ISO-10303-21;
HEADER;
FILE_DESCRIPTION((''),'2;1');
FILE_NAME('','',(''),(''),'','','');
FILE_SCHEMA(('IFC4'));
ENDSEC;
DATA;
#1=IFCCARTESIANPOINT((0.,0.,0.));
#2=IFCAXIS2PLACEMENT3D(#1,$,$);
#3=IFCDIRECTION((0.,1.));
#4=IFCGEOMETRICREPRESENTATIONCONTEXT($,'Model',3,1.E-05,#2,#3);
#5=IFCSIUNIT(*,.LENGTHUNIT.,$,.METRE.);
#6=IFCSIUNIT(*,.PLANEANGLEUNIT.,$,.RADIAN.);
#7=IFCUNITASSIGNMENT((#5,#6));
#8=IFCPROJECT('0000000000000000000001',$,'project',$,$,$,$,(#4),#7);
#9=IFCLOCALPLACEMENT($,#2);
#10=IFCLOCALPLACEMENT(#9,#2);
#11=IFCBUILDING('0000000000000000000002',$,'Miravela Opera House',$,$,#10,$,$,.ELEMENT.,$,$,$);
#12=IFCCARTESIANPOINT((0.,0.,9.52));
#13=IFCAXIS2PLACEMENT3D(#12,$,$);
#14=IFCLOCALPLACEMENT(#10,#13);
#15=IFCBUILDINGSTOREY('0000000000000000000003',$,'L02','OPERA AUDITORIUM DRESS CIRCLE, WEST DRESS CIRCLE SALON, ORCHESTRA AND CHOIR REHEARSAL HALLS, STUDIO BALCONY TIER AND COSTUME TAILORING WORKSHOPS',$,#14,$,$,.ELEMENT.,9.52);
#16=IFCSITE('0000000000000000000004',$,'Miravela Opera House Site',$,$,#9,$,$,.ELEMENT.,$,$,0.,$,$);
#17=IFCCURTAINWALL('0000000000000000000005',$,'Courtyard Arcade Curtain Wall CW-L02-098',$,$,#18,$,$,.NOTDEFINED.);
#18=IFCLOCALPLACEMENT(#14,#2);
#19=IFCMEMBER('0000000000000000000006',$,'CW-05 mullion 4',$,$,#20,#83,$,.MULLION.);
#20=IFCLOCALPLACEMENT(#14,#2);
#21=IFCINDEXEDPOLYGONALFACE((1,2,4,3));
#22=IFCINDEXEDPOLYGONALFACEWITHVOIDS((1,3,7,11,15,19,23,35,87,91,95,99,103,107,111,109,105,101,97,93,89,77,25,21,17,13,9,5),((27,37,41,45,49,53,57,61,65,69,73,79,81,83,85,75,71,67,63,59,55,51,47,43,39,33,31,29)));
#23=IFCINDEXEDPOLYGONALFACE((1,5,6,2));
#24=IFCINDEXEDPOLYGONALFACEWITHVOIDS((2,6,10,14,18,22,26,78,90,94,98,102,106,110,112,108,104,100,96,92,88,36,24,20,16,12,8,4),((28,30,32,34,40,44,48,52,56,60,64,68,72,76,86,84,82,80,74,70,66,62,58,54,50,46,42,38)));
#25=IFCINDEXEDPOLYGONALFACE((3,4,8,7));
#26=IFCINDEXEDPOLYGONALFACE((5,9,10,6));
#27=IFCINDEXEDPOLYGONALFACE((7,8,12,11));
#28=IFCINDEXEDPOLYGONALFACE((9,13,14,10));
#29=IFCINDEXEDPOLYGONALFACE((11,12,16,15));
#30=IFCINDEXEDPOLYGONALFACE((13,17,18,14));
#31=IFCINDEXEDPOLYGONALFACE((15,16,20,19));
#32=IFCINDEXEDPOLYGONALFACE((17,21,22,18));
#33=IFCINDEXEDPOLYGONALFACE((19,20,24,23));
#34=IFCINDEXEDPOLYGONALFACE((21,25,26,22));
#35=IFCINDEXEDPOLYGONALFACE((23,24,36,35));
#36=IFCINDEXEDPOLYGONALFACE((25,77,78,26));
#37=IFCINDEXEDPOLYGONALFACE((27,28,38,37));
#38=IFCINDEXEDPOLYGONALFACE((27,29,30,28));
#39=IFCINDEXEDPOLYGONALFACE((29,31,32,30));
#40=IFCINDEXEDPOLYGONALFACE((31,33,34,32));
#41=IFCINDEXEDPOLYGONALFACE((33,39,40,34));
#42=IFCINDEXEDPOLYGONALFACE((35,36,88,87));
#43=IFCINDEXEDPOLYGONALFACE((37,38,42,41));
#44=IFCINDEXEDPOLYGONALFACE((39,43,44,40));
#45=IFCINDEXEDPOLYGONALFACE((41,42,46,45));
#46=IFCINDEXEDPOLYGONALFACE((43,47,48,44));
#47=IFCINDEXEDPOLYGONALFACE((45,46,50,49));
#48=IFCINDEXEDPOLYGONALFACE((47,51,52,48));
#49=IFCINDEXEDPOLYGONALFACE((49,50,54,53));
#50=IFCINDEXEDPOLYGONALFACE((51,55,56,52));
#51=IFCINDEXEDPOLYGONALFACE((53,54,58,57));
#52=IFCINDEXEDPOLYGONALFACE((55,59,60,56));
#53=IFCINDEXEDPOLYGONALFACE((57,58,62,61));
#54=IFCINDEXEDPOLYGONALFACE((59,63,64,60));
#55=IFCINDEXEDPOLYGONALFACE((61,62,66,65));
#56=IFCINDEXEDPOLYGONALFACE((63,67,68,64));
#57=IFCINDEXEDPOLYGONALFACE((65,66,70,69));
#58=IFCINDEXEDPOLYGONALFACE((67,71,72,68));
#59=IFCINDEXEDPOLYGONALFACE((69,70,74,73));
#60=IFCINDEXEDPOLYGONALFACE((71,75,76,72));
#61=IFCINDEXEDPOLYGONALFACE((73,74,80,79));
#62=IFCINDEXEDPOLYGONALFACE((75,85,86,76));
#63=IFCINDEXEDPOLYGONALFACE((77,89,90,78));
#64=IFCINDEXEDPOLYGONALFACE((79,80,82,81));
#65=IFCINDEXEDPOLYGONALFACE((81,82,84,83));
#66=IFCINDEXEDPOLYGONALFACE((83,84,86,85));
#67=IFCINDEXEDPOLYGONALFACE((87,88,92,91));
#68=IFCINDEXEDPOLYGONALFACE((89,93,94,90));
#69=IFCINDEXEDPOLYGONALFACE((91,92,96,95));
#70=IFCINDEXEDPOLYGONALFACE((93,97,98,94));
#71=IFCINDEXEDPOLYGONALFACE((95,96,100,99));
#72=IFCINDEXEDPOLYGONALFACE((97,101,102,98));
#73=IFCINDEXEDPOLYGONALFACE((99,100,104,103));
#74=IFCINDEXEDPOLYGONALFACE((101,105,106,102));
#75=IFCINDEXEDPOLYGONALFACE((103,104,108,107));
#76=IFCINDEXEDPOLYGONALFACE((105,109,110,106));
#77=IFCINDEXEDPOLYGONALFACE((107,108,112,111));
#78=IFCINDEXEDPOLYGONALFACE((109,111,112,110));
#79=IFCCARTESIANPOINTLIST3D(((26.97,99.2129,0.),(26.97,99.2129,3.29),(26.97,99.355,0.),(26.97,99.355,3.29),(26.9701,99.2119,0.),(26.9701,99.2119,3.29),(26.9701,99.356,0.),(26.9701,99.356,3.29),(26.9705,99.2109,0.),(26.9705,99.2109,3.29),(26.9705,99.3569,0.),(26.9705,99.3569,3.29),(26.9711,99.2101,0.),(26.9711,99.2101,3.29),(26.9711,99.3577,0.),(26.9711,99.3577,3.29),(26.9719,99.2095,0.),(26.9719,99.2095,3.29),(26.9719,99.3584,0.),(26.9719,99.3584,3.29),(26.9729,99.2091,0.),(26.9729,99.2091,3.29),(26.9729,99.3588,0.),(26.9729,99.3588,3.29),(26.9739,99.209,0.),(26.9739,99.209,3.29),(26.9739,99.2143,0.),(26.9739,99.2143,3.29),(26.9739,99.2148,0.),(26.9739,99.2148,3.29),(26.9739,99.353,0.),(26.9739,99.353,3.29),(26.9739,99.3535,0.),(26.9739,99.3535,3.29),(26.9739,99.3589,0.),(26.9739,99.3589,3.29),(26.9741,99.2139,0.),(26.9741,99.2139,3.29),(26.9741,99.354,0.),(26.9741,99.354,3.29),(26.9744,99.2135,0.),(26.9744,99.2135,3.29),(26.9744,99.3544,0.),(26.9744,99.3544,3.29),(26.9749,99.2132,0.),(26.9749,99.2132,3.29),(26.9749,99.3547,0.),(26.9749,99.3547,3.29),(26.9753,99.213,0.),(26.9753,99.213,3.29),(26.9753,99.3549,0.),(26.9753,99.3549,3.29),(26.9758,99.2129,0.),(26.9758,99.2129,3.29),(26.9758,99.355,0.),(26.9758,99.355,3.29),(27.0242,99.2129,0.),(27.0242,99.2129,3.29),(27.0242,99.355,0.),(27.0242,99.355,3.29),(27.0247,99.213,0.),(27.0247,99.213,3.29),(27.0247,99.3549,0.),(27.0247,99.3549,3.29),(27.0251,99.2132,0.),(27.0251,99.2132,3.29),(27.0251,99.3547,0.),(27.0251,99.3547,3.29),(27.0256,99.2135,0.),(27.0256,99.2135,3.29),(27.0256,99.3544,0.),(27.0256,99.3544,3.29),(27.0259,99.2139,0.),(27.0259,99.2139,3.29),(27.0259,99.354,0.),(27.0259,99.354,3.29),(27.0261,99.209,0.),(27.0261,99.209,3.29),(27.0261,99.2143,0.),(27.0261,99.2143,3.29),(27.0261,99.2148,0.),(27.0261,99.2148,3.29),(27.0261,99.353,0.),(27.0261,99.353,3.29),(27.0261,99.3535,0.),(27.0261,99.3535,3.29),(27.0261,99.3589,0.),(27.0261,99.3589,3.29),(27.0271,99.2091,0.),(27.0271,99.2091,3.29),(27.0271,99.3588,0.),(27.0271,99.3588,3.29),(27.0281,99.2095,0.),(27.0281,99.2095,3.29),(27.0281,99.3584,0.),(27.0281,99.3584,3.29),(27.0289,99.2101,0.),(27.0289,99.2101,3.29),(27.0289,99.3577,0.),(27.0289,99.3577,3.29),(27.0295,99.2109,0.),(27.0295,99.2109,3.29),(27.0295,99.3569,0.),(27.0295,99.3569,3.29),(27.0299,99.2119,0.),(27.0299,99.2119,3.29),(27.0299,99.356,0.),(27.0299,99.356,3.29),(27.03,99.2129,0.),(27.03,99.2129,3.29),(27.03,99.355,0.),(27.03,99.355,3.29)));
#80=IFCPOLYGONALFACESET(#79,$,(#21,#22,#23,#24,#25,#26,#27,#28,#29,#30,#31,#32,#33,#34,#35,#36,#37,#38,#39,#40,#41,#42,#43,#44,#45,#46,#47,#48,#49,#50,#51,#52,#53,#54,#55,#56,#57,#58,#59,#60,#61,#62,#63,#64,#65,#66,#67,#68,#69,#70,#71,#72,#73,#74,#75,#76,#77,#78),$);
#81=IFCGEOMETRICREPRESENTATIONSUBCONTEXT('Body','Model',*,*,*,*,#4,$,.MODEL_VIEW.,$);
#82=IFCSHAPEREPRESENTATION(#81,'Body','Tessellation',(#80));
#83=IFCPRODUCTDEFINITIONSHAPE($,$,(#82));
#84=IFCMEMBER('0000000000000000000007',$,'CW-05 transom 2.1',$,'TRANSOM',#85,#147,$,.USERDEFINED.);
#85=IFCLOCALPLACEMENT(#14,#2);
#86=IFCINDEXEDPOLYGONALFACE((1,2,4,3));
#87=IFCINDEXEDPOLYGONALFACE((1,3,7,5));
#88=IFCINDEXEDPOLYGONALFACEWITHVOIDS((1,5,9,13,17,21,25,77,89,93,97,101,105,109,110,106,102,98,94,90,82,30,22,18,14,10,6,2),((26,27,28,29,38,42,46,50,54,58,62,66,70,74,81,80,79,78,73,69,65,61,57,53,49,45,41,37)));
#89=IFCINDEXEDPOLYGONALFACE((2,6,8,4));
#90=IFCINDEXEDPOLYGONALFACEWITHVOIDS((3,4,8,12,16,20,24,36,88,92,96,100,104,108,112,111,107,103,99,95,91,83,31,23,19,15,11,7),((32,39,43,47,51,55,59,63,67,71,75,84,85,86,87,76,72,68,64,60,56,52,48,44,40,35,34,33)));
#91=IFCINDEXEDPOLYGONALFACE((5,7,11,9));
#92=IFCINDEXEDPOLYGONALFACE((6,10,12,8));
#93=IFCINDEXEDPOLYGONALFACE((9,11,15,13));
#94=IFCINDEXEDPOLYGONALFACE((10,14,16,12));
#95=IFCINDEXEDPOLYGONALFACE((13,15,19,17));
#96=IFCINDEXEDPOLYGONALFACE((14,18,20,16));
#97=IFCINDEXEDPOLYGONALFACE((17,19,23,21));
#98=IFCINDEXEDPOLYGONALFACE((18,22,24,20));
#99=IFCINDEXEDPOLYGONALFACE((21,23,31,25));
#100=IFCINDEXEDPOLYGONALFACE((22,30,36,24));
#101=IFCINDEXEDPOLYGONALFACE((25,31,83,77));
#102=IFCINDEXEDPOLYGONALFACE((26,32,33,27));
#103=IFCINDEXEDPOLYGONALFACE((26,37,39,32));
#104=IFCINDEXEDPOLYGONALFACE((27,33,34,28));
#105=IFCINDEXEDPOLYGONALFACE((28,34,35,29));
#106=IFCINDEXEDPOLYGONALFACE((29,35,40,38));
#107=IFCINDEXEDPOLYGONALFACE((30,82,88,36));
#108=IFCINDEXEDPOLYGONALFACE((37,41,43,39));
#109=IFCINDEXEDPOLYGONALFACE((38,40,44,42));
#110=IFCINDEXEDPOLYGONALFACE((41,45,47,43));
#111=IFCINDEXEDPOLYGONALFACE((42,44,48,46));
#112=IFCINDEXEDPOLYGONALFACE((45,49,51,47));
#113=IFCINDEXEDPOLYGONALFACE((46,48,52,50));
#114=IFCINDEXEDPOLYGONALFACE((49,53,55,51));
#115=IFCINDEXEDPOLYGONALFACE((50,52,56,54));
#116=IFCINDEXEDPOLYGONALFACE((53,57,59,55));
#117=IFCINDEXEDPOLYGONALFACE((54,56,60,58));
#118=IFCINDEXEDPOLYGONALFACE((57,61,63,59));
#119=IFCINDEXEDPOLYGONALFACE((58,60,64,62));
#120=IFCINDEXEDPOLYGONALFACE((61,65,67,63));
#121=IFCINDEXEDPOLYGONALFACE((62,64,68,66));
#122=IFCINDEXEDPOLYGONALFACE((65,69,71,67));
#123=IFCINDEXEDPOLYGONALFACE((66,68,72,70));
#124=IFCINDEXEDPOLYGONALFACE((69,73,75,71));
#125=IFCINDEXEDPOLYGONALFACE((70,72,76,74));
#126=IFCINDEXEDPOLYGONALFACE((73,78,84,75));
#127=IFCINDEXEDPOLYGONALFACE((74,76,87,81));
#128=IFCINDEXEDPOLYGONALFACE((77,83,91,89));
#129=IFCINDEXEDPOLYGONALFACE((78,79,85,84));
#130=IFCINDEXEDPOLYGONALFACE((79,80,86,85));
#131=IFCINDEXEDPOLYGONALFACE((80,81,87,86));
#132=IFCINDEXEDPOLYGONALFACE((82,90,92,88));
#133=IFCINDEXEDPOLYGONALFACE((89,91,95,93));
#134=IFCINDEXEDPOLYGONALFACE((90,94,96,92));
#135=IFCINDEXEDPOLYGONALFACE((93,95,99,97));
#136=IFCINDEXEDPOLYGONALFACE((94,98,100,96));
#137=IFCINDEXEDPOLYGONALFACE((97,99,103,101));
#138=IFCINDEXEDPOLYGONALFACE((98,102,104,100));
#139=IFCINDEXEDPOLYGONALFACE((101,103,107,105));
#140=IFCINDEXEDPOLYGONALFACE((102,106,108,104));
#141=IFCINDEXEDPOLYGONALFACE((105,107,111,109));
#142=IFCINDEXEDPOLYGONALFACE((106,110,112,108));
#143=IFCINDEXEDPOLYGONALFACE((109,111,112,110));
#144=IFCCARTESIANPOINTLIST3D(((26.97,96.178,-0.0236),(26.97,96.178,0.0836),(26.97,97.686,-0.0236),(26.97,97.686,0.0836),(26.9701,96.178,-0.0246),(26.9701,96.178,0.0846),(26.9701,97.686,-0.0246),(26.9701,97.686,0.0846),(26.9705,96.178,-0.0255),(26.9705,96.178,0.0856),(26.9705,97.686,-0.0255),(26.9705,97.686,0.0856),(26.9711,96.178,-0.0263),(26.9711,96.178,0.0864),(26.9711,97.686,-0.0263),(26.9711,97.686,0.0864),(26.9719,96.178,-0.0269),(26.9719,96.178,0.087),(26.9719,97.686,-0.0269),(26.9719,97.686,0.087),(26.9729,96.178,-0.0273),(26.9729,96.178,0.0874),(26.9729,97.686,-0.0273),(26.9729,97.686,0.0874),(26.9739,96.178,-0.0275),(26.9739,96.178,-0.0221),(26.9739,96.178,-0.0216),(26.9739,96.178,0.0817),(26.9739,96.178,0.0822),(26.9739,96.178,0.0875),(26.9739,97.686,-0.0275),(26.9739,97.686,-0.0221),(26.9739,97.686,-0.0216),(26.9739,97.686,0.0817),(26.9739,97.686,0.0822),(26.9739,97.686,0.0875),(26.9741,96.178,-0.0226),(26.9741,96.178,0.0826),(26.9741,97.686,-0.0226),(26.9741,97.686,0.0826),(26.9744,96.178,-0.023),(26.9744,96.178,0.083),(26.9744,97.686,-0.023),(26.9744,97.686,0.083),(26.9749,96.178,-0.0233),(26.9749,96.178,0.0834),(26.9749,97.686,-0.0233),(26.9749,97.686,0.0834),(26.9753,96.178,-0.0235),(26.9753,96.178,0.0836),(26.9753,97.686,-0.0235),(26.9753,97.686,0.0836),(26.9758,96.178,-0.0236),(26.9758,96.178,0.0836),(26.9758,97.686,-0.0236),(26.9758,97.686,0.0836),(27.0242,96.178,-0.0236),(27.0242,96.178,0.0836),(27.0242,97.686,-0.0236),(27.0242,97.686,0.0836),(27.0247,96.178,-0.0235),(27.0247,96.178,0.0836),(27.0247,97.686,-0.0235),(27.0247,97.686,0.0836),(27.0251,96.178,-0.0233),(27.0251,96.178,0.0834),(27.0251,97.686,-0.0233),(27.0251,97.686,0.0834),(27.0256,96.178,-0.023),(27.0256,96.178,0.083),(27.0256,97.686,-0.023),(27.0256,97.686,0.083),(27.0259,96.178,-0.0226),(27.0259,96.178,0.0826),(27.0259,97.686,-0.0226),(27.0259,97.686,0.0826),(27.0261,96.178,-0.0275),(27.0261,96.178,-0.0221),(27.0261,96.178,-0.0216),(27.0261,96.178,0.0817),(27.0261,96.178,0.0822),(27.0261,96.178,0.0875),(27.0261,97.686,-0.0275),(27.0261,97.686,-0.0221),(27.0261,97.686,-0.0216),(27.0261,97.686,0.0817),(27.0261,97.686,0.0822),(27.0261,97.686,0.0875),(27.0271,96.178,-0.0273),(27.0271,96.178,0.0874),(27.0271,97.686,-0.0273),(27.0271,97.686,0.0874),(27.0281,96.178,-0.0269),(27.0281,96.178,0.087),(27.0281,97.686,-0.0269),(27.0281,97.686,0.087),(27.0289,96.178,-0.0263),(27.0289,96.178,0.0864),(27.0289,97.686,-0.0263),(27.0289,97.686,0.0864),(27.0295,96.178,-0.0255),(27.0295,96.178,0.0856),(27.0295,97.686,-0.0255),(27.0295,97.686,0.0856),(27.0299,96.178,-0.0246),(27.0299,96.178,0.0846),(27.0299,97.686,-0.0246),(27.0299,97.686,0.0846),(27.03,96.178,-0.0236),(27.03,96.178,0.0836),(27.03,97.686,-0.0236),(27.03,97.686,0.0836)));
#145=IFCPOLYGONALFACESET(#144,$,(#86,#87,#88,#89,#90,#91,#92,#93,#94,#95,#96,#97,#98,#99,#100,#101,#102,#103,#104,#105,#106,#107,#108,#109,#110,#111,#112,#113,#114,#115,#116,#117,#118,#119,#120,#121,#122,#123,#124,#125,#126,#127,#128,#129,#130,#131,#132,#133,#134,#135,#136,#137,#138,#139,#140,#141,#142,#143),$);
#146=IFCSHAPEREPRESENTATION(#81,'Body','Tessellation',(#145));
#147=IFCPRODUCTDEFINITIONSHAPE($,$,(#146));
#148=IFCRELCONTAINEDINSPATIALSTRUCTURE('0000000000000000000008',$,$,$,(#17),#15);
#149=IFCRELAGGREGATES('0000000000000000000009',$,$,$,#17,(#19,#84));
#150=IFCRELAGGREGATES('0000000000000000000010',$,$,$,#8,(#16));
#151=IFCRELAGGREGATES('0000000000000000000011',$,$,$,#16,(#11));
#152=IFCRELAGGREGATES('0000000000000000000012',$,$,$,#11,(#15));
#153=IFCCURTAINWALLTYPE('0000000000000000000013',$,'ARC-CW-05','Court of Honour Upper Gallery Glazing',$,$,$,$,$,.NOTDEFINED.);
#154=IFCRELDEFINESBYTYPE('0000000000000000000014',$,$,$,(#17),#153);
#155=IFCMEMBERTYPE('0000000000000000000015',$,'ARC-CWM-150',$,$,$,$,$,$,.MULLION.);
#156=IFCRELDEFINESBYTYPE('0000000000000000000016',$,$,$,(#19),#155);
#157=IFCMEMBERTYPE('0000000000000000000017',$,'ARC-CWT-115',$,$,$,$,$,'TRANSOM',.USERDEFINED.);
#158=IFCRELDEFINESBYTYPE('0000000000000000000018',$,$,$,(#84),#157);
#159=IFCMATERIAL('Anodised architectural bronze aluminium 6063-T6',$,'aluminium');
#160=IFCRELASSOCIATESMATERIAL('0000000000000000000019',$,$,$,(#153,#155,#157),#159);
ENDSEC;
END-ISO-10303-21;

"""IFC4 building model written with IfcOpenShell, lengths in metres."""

from ifc_helpers import new_model, si_unit, direction, frame, origin, origin_2d, place, context, subcontext, project, spatial, hollow_rectangle, extrude, material, material_profile, profile_set, type_object, element, aggregate, save


model = new_model("IFC4")

# Units and contexts
model_context = context("Model", 3, precision=1e-05, world=origin(), true_north=direction((0.0, 1.0)))
body_context = subcontext(model_context, "Body", "Model", "MODEL_VIEW")
ifc_project = project(units=[si_unit("LENGTHUNIT", "METRE"), si_unit("PLANEANGLEUNIT", "RADIAN")], contexts=[model_context])

# Site, building, storey
site_placement = place(None, origin())
site = spatial("IfcSite", under=ifc_project, at=site_placement, Name="Miravela Opera House Site", CompositionType="ELEMENT", RefElevation=0.0)
building_placement = place(site_placement, origin())
building = spatial("IfcBuilding", under=site, at=building_placement, Name="Miravela Opera House", CompositionType="ELEMENT")
storey_placement = place(building_placement, frame((0.0, 0.0, 9.52)))
storey = spatial("IfcBuildingStorey", under=building, at=storey_placement, Name="L02", Description="OPERA AUDITORIUM DRESS CIRCLE, WEST DRESS CIRCLE SALON, ORCHESTRA AND CHOIR REHEARSAL HALLS, STUDIO BALCONY TIER AND COSTUME TAILORING WORKSHOPS", CompositionType="ELEMENT", Elevation=9.52)

# Curtain wall, members
ifc_material_1 = material(Name="Anodised architectural bronze aluminium 6063-T6", Category="aluminium")
curtain_wall_type = type_object("IfcCurtainWallType", Name="ARC-CW-05", Description="Court of Honour Upper Gallery Glazing", PredefinedType="NOTDEFINED", material=ifc_material_1)
curtain_wall_placement = place(storey_placement, origin())
curtain_wall = element("IfcCurtainWall", 1, at=curtain_wall_placement, inside=storey, type_object=curtain_wall_type, Name="Courtyard Arcade Curtain Wall CW-L02-098", PredefinedType="NOTDEFINED")
ifc_material_profile_1 = material_profile(ifc_material_1, hollow_rectangle(XDim=0.0601, YDim=0.1499, WallThickness=0.0039, InnerFilletRadius=0.002, OuterFilletRadius=0.0039, at=origin_2d()), Name="CWM-60X150")
ifc_profile_set_1 = profile_set([ifc_material_profile_1])
member_type_1 = type_object("IfcMemberType", Name="ARC-CWM-150", PredefinedType="MULLION", material=ifc_profile_set_1)
member_1_placement = place(storey_placement, frame((27.0, 99.2839, 0.0), z_axis=(0.0, 0.0, 1.0), x_axis=(-1.0, 0.0, 0.0)))
member_1 = element("IfcMember", 2, at=member_1_placement, type_object=member_type_1, Name="CW-05 mullion 4", PredefinedType="MULLION", context=body_context, shape_type="SweptSolid", body=[
    extrude(hollow_rectangle(XDim=0.0601, YDim=0.1499, WallThickness=0.0039, InnerFilletRadius=0.002, OuterFilletRadius=0.0039, at=origin_2d()), origin(), (0.0, 0.0, 1.0), 3.29),
])
ifc_material_profile_2 = material_profile(ifc_material_1, hollow_rectangle(XDim=0.0601, YDim=0.115, WallThickness=0.0039, InnerFilletRadius=0.002, OuterFilletRadius=0.0039, at=origin_2d()), Name="CWT-60X115")
ifc_profile_set_2 = profile_set([ifc_material_profile_2])
member_type_2 = type_object("IfcMemberType", Name="ARC-CWT-115", ElementType="TRANSOM", PredefinedType="USERDEFINED", material=ifc_profile_set_2)
member_2_placement = place(storey_placement, frame((27.0, 96.178, 0.03), z_axis=(0.0, 1.0, 0.0), x_axis=(-1.0, 0.0, 0.0)))
member_2 = element("IfcMember", 3, at=member_2_placement, type_object=member_type_2, Name="CW-05 transom 2.1", ObjectType="TRANSOM", PredefinedType="USERDEFINED", context=body_context, shape_type="SweptSolid", body=[
    extrude(hollow_rectangle(XDim=0.0601, YDim=0.115, WallThickness=0.0039, InnerFilletRadius=0.002, OuterFilletRadius=0.0039, at=origin_2d()), origin(), (0.0, 0.0, 1.0), 1.5081),
])
aggregate(curtain_wall, [member_1, member_2])

save(model, "model.ifc")
